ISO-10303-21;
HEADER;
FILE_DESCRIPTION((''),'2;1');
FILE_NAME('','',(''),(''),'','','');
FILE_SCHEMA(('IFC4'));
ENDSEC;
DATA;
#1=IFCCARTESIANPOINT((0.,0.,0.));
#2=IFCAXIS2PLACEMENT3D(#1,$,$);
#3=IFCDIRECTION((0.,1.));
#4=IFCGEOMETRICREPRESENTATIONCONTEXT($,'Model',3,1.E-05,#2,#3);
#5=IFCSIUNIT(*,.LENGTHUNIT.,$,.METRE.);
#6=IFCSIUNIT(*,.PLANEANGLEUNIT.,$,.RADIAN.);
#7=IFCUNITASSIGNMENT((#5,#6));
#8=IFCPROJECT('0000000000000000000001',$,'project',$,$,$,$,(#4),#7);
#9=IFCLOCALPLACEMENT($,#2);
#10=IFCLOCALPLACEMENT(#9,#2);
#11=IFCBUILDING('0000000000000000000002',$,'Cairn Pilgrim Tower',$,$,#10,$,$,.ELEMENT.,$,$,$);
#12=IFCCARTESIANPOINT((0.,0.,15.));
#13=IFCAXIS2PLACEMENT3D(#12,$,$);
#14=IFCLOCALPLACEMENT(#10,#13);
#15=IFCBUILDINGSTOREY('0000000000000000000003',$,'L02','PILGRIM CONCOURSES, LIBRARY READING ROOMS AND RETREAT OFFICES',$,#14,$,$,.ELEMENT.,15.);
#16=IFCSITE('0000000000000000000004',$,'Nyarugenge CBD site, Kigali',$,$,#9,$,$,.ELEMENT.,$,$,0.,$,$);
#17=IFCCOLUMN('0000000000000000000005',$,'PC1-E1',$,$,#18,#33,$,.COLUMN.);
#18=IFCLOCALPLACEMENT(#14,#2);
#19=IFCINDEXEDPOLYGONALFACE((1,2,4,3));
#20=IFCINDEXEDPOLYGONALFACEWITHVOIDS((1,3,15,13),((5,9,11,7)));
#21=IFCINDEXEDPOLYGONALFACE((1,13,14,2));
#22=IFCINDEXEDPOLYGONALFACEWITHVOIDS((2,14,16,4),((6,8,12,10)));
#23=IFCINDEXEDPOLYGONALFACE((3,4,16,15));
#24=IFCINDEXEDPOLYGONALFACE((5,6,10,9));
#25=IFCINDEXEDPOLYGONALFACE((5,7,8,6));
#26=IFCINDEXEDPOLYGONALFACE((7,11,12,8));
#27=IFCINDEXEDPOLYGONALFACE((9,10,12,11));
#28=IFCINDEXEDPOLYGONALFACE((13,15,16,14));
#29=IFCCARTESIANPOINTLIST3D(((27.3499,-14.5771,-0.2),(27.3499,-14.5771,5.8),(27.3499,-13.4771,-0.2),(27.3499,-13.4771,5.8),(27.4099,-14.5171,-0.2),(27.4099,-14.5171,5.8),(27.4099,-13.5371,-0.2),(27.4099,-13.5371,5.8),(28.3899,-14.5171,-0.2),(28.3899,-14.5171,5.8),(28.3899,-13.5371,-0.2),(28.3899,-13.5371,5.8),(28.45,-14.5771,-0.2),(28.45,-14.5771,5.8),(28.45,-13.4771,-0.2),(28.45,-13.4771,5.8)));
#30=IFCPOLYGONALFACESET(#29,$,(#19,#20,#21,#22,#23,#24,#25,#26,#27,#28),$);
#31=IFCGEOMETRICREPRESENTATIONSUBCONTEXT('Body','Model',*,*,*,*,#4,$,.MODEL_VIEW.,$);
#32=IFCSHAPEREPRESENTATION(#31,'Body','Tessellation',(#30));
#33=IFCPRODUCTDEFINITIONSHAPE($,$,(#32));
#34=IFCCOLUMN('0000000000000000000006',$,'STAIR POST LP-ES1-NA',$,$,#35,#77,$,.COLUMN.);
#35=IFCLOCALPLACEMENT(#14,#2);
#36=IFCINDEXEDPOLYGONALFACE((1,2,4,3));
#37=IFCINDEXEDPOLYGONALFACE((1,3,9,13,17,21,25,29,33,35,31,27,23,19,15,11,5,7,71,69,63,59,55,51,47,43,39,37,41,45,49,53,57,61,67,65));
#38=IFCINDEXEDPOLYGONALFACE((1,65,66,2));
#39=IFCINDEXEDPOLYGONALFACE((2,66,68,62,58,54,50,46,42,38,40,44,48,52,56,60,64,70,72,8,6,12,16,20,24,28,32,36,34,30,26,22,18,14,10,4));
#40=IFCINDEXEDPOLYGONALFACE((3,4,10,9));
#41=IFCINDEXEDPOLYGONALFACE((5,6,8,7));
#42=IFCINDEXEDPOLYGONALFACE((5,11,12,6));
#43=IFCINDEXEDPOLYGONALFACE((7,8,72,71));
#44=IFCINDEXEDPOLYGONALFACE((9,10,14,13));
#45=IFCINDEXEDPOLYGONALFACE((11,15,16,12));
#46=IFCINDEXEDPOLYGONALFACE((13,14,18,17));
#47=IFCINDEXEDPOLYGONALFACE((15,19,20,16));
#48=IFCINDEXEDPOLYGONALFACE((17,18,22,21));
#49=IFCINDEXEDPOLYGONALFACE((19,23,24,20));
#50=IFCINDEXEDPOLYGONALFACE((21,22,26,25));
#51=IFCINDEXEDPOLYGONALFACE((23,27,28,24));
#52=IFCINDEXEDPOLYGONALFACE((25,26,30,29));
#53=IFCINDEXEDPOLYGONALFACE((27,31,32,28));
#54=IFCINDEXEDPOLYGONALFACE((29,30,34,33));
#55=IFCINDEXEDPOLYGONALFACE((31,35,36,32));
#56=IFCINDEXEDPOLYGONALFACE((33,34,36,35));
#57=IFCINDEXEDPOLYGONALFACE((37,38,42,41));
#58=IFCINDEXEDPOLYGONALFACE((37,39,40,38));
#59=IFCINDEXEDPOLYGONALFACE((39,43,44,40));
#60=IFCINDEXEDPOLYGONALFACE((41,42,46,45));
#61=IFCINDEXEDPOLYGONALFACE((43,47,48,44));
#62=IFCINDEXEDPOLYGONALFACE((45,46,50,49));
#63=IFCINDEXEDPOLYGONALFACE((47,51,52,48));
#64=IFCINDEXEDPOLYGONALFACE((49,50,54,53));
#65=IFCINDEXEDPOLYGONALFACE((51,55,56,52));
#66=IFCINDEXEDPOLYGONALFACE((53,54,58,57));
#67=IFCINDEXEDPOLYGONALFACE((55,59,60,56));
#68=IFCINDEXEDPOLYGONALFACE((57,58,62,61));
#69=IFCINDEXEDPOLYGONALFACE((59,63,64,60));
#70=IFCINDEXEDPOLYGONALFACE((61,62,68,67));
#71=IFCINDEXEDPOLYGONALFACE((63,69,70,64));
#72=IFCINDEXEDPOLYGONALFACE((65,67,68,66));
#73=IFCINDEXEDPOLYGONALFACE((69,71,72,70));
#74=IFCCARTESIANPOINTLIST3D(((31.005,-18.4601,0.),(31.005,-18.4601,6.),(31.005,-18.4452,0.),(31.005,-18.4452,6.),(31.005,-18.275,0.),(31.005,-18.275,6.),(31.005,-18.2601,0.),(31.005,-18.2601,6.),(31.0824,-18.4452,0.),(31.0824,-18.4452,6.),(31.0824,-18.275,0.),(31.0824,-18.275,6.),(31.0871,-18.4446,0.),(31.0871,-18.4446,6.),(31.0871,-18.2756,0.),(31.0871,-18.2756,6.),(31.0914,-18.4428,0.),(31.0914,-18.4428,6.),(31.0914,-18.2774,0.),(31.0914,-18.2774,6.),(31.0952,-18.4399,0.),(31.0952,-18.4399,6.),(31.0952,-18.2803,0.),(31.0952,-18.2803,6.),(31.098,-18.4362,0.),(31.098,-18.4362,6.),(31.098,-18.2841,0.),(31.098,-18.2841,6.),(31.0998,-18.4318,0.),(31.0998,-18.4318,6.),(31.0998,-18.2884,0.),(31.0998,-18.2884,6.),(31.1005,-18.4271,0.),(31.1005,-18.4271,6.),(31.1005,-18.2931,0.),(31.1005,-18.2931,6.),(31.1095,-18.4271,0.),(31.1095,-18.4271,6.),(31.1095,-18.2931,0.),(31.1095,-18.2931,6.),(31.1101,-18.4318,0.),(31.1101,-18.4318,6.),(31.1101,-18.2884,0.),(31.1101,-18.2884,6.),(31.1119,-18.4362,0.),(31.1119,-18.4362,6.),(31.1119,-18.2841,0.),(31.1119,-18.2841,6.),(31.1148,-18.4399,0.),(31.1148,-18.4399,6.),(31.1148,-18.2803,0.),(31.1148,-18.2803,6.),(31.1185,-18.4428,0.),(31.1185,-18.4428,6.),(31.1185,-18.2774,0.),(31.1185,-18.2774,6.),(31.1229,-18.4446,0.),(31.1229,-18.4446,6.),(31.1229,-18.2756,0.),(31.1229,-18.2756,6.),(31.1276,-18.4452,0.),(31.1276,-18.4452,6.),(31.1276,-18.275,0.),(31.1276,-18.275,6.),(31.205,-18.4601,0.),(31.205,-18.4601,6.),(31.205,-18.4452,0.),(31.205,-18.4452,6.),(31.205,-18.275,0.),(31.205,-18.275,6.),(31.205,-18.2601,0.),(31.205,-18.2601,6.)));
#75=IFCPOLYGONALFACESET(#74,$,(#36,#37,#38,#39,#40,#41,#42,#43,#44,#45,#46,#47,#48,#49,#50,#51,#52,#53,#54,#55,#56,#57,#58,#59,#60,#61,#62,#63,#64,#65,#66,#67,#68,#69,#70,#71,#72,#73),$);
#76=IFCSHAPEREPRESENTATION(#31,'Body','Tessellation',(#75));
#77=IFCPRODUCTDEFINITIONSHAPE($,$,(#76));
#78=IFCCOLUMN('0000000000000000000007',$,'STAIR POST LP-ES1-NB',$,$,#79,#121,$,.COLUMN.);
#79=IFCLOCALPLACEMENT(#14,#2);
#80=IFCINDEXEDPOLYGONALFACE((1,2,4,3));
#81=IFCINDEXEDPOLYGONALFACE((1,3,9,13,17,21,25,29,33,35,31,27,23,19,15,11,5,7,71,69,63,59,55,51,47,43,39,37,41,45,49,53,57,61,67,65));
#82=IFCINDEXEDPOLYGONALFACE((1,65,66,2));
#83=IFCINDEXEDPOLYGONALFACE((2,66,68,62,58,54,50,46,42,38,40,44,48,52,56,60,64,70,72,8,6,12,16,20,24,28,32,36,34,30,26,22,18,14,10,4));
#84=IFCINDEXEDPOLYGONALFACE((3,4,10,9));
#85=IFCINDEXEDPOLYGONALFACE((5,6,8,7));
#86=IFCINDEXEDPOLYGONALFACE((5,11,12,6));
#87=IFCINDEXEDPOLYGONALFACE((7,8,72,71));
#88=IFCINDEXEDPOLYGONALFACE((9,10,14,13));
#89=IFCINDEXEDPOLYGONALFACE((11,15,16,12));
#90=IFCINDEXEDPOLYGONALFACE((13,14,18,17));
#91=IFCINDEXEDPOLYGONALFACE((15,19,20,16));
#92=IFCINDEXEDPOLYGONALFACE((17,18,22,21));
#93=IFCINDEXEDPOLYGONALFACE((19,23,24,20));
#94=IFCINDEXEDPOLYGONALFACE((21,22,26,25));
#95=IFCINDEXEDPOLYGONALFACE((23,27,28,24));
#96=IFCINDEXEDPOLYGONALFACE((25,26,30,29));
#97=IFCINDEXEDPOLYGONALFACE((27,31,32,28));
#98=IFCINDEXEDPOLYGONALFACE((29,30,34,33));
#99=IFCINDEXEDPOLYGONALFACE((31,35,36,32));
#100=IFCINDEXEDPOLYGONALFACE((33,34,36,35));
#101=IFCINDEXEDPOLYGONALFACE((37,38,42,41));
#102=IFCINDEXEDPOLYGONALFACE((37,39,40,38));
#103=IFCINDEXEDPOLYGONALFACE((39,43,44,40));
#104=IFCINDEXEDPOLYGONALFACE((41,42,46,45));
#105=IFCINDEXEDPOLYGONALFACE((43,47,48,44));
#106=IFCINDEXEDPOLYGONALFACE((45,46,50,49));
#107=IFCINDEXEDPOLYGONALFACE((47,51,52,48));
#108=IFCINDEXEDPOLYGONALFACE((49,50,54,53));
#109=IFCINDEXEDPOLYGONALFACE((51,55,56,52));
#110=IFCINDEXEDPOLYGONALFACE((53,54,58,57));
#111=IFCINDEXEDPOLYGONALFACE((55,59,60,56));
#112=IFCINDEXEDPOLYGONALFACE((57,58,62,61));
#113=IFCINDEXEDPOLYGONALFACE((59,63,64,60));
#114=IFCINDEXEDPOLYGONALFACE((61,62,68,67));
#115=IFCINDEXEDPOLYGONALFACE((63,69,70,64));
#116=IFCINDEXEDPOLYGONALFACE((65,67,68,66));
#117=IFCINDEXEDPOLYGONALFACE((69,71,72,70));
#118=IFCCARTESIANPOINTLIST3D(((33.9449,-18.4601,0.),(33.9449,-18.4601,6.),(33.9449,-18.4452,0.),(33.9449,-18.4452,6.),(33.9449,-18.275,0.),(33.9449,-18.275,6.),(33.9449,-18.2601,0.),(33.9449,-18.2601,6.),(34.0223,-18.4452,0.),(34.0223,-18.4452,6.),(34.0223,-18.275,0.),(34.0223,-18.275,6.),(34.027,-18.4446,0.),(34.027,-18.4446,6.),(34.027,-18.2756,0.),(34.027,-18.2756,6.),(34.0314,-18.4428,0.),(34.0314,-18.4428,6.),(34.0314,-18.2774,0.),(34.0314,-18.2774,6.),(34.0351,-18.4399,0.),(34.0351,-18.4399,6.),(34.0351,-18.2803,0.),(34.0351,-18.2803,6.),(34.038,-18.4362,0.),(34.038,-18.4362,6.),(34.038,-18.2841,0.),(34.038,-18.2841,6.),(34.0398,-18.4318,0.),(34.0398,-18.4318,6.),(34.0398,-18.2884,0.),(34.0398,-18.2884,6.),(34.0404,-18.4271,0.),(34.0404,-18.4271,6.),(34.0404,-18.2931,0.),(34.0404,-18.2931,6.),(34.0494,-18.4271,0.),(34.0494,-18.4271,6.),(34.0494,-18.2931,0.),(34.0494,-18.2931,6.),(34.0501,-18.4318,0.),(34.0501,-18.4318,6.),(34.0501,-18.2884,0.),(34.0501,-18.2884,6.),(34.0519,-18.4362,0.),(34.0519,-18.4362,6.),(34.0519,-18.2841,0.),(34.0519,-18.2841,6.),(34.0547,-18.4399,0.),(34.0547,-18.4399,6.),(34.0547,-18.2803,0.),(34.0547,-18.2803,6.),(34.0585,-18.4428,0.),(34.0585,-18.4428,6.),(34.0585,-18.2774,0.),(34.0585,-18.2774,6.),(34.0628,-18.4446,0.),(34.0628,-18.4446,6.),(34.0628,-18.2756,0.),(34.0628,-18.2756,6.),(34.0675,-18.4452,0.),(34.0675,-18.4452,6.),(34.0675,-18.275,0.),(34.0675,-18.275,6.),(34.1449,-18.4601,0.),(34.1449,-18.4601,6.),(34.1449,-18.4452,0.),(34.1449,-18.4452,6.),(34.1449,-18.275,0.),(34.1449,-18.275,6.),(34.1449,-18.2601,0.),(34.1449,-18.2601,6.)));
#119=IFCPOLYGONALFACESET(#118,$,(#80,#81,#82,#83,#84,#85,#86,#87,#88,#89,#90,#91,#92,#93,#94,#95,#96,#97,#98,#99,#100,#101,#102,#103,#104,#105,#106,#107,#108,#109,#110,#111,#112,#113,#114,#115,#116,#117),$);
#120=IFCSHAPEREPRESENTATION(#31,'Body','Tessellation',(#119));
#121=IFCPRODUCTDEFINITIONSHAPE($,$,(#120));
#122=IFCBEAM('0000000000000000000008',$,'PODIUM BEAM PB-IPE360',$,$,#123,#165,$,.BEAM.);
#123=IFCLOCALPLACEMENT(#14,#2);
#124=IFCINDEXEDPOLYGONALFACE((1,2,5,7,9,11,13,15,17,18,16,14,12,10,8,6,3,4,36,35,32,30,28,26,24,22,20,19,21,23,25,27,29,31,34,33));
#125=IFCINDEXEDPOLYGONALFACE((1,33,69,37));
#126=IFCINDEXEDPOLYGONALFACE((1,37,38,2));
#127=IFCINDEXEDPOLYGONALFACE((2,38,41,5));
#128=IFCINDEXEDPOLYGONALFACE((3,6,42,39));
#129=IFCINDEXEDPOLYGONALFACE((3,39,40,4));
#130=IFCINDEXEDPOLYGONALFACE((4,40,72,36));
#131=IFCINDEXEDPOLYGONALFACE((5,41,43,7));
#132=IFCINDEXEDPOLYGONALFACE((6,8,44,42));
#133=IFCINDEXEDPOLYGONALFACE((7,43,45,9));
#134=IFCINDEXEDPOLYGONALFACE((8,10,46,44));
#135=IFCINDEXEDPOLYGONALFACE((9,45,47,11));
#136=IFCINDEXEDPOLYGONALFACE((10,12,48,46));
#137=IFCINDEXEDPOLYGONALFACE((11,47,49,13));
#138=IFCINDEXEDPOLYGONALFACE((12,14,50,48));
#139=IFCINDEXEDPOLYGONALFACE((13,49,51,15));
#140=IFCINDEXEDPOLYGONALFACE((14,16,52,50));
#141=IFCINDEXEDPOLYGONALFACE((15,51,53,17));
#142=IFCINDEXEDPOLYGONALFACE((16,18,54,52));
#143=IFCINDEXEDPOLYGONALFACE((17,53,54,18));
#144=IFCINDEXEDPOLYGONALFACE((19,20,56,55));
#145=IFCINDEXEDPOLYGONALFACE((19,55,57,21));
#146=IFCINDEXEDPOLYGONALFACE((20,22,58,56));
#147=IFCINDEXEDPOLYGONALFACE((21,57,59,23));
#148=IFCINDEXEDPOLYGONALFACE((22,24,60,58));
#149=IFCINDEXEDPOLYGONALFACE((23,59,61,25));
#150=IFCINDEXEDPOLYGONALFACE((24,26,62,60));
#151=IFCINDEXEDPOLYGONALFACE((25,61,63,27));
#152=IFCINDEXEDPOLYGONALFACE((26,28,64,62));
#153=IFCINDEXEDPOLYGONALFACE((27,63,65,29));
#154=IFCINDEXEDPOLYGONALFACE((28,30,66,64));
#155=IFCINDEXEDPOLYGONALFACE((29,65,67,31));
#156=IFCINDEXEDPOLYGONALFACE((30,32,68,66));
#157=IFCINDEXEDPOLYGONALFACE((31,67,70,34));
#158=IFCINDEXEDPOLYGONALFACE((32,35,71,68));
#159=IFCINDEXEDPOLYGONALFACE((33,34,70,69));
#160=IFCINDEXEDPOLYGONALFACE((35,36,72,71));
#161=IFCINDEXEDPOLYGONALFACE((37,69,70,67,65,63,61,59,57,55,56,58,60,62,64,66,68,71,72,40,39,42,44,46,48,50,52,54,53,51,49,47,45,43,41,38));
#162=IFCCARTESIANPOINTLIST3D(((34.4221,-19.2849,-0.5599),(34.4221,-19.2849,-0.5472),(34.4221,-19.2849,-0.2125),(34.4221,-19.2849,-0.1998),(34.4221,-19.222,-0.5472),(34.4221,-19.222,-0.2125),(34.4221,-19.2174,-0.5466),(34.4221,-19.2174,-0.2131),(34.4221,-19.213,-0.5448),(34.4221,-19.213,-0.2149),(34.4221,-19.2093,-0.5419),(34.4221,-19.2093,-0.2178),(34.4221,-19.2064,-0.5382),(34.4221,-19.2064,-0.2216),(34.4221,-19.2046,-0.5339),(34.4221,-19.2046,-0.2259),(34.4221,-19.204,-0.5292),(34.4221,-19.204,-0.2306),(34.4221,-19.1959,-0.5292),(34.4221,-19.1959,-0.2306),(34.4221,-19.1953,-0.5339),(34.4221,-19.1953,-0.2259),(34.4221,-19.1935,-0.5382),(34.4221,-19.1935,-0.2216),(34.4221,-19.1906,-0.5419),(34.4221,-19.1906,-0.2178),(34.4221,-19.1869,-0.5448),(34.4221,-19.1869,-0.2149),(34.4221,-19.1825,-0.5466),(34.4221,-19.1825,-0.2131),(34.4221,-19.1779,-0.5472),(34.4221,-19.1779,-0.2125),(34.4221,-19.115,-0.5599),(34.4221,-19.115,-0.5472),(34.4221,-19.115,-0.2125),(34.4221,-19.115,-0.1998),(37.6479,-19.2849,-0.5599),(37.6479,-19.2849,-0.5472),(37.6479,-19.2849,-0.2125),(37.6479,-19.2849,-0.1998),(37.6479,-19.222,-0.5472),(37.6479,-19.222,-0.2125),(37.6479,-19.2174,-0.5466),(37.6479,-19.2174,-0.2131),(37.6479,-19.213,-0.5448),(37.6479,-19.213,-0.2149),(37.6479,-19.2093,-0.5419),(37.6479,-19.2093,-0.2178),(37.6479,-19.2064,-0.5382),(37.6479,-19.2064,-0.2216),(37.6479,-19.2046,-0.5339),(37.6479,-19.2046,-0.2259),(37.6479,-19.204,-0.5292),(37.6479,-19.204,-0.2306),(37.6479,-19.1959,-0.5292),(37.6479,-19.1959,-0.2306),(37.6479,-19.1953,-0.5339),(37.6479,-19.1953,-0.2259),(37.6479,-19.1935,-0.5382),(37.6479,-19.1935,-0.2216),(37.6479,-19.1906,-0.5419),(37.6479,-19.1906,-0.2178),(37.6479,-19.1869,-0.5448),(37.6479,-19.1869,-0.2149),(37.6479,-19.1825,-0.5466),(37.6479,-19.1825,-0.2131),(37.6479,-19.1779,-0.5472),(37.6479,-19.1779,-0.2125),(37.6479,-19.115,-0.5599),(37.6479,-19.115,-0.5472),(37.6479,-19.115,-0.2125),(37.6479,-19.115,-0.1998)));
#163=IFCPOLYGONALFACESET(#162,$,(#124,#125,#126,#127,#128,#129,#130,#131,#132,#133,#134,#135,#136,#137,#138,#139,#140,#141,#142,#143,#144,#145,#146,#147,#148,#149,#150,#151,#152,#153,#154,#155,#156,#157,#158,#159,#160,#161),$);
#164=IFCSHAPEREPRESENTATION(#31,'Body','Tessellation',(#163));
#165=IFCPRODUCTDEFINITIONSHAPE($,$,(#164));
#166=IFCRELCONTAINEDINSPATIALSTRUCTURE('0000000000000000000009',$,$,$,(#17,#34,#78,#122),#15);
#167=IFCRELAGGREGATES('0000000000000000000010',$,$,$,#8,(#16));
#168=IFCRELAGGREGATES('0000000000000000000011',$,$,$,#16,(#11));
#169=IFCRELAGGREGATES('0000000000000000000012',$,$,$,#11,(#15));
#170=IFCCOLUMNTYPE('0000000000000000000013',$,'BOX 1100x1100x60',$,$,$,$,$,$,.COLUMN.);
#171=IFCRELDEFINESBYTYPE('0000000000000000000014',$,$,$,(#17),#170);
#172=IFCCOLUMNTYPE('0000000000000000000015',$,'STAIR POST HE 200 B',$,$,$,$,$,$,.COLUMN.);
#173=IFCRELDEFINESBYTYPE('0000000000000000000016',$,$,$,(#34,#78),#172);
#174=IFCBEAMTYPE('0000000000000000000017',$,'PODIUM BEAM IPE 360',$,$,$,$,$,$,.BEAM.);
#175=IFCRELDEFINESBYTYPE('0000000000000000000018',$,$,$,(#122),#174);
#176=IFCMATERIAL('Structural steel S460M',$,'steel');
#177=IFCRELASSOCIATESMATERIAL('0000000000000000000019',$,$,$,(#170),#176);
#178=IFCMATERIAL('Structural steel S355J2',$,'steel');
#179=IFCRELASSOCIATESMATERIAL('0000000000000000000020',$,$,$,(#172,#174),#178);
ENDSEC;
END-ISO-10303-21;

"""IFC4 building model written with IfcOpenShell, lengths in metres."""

from ifc_helpers import new_model, si_unit, direction, frame, origin, origin_2d, place, context, subcontext, project, spatial, hollow_rectangle, i_section, extrude, material, material_profile, profile_set, type_object, element, save


model = new_model("IFC4")

# Units and contexts
model_context = context("Model", 3, precision=1e-05, world=origin(), true_north=direction((0.0, 1.0)))
body_context = subcontext(model_context, "Body", "Model", "MODEL_VIEW")
ifc_project = project(units=[si_unit("LENGTHUNIT", "METRE"), si_unit("PLANEANGLEUNIT", "RADIAN")], contexts=[model_context])

# Site, building, storey
site_placement = place(None, origin())
site = spatial("IfcSite", under=ifc_project, at=site_placement, Name="Nyarugenge CBD site, Kigali", CompositionType="ELEMENT", RefElevation=0.0)
building_placement = place(site_placement, origin())
building = spatial("IfcBuilding", under=site, at=building_placement, Name="Cairn Pilgrim Tower", CompositionType="ELEMENT")
storey_placement = place(building_placement, frame((0.0, 0.0, 15.0)))
storey = spatial("IfcBuildingStorey", under=building, at=storey_placement, Name="L02", Description="PILGRIM CONCOURSES, LIBRARY READING ROOMS AND RETREAT OFFICES", CompositionType="ELEMENT", Elevation=15.0)

# Columns
ifc_material_1 = material(Name="Structural steel S460M", Category="steel")
ifc_material_profile_1 = material_profile(ifc_material_1, hollow_rectangle(XDim=1.1001, YDim=1.1001, WallThickness=0.0601, at=origin_2d()), Name="BOX 1100x1100x60")
ifc_profile_set_1 = profile_set([ifc_material_profile_1], Name="Structural steel S460M")
column_type_1 = type_object("IfcColumnType", Name="BOX 1100x1100x60", PredefinedType="COLUMN", material=ifc_profile_set_1)
column_placement = place(storey_placement, frame((27.8999, -14.0271, -0.2), z_axis=(0.0, 0.0, 1.0), x_axis=(1.0, 0.0, 0.0)))
element("IfcColumn", 1, at=column_placement, inside=storey, type_object=column_type_1, Name="PC1-E1", PredefinedType="COLUMN", context=body_context, shape_type="SweptSolid", body=[
    extrude(hollow_rectangle(XDim=1.1001, YDim=1.1001, WallThickness=0.0601, at=origin_2d()), origin(), (0.0, 0.0, 1.0), 6.0),
])
ifc_material_2 = material(Name="Structural steel S355J2", Category="steel")
ifc_material_profile_2 = material_profile(ifc_material_2, i_section(OverallWidth=0.2, OverallDepth=0.2, WebThickness=0.009, FlangeThickness=0.0149, FilletRadius=0.0181, at=origin_2d()), Name="HE 200 B")
ifc_profile_set_2 = profile_set([ifc_material_profile_2], Name="Structural steel S355J2")
column_type_2 = type_object("IfcColumnType", Name="STAIR POST HE 200 B", PredefinedType="COLUMN", material=ifc_profile_set_2)
for number, where, z_axis, x_axis, name in (
    (2, (31.105, -18.3601, 0.0), (0.0, 0.0, 1.0), (1.0, 0.0, 0.0), "STAIR POST LP-ES1-NA"),
    (3, (34.0449, -18.3601, 0.0), (0.0, 0.0, 1.0), (1.0, 0.0, 0.0), "STAIR POST LP-ES1-NB"),
):
    element("IfcColumn", number, at=place(storey_placement, frame(where, z_axis=z_axis, x_axis=x_axis)), inside=storey, type_object=column_type_2, Name=name, PredefinedType="COLUMN", context=body_context, shape_type="SweptSolid", body=[
        extrude(i_section(OverallWidth=0.2, OverallDepth=0.2, WebThickness=0.009, FlangeThickness=0.0149, FilletRadius=0.0181, at=origin_2d()), origin(), (0.0, 0.0, 1.0), 6.0),
    ])

# Beam
ifc_material_profile_3 = material_profile(ifc_material_2, i_section(OverallWidth=0.1699, OverallDepth=0.3601, WebThickness=0.0081, FlangeThickness=0.0127, FilletRadius=0.0181, at=origin_2d()), Name="IPE 360")
ifc_profile_set_3 = profile_set([ifc_material_profile_3], Name="Structural steel S355J2")
beam_type_1 = type_object("IfcBeamType", Name="PODIUM BEAM IPE 360", PredefinedType="BEAM", material=ifc_profile_set_3)
beam_1_placement = place(storey_placement, frame((34.4221, -19.2, -0.3799), z_axis=(1.0, 0.0, 0.0), x_axis=(0.0, 1.0, 0.0)))
element("IfcBeam", 4, at=beam_1_placement, inside=storey, type_object=beam_type_1, Name="PODIUM BEAM PB-IPE360", PredefinedType="BEAM", context=body_context, shape_type="SweptSolid", body=[
    extrude(i_section(OverallWidth=0.1699, OverallDepth=0.3601, WebThickness=0.0081, FlangeThickness=0.0127, FilletRadius=0.0181, at=origin_2d()), origin(), (0.0, 0.0, 1.0), 3.2258),
])

save(model, "model.ifc")
